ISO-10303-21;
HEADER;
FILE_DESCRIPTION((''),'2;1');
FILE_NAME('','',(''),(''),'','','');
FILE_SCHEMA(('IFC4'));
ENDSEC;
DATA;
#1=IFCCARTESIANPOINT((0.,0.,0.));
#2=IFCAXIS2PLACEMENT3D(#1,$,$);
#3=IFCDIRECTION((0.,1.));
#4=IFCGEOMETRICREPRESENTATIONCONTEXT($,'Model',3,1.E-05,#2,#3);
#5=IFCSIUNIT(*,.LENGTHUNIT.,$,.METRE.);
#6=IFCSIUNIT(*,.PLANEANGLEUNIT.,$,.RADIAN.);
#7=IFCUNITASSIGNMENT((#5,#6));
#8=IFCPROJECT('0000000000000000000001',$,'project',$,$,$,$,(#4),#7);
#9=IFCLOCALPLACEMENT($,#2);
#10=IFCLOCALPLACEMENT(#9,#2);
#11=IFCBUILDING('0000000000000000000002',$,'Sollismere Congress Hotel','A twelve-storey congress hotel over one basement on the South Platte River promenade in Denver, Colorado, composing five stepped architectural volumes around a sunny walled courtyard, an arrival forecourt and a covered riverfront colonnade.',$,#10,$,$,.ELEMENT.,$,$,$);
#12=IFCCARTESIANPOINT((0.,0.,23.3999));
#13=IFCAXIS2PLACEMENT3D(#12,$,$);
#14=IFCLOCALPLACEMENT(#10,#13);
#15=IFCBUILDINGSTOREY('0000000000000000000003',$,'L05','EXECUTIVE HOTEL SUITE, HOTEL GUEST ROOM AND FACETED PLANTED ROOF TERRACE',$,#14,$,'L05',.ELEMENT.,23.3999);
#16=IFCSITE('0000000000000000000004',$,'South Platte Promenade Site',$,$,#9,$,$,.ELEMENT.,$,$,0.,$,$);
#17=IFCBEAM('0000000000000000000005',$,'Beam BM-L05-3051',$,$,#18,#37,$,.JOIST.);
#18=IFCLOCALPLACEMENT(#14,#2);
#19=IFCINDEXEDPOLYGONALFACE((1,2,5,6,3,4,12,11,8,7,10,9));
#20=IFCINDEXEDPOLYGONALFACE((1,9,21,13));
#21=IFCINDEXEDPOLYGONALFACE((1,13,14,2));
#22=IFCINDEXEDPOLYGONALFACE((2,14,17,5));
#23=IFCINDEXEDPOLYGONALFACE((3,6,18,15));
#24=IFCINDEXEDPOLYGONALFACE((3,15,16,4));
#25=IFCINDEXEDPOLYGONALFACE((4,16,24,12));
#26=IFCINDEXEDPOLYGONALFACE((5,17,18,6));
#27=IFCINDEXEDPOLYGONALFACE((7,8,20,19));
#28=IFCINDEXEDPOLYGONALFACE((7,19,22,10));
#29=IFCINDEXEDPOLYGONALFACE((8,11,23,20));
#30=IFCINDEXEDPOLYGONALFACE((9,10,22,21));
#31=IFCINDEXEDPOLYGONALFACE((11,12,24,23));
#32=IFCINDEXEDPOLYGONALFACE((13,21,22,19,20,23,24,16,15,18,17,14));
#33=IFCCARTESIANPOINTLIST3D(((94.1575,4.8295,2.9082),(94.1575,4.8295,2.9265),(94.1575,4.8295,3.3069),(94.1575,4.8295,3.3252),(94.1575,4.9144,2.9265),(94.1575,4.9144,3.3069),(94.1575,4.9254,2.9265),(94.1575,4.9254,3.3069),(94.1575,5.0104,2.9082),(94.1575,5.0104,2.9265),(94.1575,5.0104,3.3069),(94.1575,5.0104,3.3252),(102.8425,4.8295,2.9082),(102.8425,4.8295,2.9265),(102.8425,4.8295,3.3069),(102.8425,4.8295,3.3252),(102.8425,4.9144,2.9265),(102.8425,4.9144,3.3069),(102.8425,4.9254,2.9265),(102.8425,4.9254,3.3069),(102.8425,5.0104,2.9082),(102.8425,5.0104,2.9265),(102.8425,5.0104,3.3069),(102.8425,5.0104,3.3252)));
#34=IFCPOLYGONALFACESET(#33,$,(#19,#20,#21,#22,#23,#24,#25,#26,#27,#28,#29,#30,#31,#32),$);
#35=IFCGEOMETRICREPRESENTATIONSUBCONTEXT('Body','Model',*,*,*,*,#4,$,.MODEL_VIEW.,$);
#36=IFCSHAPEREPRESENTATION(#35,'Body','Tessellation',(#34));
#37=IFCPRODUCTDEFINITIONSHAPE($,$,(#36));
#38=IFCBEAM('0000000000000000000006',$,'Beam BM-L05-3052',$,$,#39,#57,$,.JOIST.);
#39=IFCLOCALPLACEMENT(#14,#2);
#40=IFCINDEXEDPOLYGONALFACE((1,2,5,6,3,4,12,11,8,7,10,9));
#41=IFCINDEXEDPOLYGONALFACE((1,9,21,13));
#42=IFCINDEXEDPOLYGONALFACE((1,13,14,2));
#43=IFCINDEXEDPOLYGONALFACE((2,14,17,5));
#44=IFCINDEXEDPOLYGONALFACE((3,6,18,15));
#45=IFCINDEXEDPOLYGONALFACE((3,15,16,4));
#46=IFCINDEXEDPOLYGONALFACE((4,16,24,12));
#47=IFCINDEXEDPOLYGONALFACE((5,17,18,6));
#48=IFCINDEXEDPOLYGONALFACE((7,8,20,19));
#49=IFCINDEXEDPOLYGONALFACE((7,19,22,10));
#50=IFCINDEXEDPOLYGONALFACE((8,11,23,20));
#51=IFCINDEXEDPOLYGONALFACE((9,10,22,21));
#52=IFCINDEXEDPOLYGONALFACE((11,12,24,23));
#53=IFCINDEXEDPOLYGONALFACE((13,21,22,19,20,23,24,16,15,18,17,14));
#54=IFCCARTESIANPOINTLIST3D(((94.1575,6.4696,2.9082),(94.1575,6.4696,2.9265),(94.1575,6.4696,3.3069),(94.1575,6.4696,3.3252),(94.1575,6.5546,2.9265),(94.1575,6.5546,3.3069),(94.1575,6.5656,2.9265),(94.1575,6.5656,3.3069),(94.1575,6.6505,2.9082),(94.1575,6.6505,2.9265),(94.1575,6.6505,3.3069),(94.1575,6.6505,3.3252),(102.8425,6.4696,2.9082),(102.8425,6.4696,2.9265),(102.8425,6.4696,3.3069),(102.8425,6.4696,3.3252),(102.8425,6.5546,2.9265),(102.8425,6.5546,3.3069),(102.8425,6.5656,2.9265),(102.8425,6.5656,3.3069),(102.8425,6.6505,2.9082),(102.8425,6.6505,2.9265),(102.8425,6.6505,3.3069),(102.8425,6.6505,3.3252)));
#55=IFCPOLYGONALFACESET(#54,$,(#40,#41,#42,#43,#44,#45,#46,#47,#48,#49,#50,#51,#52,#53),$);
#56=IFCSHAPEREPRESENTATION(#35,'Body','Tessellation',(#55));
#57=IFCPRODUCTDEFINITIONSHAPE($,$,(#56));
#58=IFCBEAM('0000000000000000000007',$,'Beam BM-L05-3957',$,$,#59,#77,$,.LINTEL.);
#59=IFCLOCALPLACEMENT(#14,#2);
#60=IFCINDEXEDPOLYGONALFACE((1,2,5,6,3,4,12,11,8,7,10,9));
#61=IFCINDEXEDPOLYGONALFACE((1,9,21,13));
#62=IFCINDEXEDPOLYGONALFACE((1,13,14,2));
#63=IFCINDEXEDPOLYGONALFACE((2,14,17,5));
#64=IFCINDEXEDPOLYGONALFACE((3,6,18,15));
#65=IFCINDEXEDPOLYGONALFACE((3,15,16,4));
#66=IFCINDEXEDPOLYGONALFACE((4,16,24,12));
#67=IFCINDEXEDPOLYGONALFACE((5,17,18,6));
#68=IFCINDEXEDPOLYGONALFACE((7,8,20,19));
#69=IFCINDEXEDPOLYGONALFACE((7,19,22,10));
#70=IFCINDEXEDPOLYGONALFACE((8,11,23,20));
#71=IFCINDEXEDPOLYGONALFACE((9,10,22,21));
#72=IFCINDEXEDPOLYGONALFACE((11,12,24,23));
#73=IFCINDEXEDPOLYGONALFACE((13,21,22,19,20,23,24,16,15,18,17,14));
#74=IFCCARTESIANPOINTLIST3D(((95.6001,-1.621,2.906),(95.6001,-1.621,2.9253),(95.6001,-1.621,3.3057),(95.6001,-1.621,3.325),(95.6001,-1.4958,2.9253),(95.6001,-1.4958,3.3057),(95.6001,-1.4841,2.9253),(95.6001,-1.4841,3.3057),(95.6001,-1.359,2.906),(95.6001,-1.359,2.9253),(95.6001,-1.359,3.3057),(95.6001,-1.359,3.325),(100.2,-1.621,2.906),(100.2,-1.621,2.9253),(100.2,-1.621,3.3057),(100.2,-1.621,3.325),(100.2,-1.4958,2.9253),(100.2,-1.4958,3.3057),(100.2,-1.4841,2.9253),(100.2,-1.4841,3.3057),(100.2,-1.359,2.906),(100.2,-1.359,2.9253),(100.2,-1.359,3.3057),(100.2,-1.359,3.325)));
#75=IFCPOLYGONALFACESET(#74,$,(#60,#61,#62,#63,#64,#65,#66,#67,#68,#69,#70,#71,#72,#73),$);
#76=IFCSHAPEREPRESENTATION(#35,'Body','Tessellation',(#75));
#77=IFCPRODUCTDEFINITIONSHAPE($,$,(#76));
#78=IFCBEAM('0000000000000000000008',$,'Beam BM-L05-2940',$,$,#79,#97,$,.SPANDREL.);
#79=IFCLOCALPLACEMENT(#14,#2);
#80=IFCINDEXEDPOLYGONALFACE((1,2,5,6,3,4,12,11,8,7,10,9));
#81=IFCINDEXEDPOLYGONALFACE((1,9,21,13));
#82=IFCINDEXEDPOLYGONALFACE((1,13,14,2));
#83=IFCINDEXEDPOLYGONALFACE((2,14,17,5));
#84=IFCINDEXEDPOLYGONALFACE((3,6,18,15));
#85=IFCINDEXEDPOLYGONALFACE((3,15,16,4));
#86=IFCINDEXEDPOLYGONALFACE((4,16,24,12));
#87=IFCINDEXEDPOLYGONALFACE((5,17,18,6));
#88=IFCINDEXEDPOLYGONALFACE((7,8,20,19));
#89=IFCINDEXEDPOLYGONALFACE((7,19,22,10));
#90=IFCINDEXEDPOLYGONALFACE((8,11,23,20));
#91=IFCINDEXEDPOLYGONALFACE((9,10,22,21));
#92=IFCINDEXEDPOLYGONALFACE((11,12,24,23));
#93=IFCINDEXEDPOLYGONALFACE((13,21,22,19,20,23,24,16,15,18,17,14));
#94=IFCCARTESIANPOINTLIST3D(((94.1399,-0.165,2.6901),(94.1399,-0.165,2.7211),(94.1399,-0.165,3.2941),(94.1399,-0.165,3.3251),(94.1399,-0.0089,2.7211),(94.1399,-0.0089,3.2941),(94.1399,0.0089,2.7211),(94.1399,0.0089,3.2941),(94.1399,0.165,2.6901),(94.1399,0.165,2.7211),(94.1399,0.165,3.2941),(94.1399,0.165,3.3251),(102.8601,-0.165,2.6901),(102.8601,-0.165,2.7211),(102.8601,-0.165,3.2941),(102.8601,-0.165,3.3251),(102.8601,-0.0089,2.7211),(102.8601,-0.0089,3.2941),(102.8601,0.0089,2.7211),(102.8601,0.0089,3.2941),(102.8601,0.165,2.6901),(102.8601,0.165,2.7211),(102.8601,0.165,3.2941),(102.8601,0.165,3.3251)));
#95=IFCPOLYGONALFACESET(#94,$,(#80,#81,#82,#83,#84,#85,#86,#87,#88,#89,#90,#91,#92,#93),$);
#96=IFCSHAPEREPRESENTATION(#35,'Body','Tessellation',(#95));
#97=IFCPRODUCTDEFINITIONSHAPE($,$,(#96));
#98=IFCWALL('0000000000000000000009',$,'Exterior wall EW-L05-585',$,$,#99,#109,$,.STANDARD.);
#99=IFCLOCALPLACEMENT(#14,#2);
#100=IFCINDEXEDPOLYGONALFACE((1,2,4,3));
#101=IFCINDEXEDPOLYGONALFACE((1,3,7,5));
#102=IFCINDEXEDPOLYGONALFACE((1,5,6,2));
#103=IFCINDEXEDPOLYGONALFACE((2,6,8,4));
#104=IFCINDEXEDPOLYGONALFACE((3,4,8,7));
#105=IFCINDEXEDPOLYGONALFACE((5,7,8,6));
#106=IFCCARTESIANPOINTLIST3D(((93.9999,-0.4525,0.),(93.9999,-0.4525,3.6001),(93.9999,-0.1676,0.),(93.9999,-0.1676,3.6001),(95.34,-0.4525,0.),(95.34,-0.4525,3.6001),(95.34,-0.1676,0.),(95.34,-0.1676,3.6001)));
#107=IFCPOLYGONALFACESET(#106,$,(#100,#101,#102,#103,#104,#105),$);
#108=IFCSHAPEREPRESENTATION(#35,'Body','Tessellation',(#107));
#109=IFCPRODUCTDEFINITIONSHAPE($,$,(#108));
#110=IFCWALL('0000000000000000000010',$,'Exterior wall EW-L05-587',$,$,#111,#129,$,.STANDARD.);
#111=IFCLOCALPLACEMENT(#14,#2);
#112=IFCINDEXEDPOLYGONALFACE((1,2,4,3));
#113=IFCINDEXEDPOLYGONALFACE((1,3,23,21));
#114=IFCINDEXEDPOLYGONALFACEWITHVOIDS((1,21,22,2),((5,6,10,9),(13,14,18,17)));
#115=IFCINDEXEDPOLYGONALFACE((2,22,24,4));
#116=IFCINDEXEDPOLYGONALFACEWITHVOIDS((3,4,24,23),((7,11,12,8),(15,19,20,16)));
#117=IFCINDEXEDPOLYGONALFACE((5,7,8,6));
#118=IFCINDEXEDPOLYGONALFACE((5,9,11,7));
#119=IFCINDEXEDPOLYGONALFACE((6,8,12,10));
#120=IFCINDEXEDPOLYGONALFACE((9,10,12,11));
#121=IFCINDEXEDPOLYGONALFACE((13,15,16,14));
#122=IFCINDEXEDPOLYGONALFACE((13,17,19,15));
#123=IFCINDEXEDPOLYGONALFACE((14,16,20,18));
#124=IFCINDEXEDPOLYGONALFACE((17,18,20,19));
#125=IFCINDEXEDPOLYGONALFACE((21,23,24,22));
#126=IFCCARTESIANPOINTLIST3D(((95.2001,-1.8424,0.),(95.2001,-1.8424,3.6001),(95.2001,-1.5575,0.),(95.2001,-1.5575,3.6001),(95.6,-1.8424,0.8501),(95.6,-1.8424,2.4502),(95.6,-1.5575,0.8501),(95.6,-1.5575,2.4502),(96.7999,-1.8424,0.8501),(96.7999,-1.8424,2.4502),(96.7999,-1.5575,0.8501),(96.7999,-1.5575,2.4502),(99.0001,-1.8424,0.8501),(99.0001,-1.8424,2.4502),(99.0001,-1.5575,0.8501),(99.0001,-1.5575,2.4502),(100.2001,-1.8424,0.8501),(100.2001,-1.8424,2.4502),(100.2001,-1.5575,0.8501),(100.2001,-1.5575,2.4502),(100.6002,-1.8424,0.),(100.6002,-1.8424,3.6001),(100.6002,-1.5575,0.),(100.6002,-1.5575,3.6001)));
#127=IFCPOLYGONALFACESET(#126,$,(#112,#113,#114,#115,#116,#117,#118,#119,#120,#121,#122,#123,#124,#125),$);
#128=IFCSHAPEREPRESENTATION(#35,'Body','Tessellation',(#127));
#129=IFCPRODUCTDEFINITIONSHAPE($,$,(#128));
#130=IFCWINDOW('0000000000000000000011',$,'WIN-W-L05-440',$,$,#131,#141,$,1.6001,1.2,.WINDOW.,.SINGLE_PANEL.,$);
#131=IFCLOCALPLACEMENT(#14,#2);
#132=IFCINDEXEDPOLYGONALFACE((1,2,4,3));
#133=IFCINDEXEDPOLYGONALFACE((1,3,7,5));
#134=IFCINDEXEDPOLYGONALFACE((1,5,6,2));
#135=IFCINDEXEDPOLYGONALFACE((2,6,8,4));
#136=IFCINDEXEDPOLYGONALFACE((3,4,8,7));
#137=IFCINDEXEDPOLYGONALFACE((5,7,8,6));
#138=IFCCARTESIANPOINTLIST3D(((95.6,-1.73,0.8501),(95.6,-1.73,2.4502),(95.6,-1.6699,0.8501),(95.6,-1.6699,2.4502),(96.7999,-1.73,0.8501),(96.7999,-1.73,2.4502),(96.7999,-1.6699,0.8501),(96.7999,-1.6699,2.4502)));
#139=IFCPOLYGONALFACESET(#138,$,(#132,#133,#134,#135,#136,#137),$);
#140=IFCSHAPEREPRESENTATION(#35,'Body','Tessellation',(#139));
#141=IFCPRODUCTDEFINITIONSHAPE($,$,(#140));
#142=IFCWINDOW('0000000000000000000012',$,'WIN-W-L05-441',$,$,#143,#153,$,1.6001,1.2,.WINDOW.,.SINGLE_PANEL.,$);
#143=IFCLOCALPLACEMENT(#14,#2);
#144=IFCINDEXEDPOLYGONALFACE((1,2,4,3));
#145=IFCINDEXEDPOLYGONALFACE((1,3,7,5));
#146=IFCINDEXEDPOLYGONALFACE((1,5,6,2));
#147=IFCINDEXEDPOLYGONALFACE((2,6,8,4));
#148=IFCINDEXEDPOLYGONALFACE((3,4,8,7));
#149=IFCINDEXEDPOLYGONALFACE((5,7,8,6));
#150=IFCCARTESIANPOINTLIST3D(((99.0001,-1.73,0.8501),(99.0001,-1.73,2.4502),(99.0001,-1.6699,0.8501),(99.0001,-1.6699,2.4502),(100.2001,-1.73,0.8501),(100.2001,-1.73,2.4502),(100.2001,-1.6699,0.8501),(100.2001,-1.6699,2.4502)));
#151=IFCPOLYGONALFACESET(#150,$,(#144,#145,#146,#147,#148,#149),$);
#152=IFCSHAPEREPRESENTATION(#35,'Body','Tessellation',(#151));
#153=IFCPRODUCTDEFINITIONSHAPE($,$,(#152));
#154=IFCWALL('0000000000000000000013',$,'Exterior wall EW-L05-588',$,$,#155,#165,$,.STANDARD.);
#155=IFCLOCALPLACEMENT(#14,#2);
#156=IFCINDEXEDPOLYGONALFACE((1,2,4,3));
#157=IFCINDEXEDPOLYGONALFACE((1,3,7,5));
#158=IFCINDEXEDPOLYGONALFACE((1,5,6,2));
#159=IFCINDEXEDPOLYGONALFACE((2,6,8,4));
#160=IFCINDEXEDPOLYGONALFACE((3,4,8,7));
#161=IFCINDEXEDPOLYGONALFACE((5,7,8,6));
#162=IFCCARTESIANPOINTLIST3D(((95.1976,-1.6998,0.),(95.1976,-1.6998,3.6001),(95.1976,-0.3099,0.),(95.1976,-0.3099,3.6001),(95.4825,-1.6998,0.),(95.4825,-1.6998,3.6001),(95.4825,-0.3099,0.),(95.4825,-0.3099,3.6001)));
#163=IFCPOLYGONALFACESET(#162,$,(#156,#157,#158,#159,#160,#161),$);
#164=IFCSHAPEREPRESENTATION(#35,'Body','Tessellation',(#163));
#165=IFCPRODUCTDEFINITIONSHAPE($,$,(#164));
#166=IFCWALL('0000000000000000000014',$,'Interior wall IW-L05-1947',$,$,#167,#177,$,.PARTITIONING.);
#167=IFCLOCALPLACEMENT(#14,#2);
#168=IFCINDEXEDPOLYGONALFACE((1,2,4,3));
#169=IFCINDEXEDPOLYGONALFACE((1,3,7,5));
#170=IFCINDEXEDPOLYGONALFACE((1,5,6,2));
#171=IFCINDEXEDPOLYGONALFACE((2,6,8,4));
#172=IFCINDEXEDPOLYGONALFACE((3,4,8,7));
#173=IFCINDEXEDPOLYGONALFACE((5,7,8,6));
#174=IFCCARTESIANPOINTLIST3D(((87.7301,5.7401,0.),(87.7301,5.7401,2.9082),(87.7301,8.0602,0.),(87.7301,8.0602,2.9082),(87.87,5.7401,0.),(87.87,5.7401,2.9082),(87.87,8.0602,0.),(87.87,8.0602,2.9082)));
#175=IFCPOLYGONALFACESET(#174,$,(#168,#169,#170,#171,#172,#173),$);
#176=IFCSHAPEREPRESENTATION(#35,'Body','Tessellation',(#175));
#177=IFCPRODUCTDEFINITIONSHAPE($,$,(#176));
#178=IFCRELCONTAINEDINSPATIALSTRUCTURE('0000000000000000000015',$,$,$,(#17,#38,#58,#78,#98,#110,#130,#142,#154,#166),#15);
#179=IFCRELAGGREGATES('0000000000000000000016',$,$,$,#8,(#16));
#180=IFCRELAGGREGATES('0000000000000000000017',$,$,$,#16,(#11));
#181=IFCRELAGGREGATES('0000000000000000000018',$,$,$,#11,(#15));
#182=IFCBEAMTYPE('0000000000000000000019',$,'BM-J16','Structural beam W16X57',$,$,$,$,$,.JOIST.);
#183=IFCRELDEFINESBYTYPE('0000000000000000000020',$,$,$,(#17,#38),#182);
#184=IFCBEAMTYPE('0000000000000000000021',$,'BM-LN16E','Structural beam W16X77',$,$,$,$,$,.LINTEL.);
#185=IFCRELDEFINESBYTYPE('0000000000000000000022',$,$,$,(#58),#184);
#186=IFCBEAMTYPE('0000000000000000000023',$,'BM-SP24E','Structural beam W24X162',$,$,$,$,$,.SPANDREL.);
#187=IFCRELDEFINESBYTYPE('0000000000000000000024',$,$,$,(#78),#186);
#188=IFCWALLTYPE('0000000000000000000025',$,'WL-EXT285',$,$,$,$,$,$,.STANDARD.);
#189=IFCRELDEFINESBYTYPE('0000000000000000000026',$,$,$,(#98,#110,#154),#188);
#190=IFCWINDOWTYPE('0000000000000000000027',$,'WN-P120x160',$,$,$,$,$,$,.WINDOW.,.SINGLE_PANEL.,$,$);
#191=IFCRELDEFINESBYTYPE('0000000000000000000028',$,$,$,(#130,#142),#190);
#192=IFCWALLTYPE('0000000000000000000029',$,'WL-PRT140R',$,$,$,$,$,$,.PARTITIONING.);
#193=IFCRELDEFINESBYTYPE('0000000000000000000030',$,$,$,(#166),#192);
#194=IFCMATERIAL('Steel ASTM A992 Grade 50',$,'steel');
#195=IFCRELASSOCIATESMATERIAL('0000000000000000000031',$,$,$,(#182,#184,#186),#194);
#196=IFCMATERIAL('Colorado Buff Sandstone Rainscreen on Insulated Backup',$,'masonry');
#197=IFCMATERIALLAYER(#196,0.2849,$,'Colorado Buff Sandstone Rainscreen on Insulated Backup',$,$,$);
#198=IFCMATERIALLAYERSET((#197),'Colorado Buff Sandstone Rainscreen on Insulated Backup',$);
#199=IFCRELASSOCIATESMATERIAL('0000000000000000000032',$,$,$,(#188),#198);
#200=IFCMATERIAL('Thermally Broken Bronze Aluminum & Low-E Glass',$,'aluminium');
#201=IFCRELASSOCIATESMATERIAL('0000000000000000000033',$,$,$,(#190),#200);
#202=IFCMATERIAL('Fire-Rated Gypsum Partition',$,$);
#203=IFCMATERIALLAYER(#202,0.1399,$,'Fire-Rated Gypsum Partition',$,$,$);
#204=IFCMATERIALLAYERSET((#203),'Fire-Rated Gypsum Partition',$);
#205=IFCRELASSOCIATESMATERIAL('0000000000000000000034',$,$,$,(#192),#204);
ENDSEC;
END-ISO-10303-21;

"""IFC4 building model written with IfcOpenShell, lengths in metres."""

from ifc_helpers import new_model, si_unit, direction, frame, frame_2d, origin, origin_2d, place, context, subcontext, project, spatial, rectangle, i_section, extrude, material, layer, layer_set, material_profile, profile_set, type_object, element, fill, save


model = new_model("IFC4")

# Units and contexts
model_context = context("Model", 3, precision=1e-05, world=origin(), true_north=direction((0.0, 1.0)))
body_context = subcontext(model_context, "Body", "Model", "MODEL_VIEW")
ifc_project = project(units=[si_unit("LENGTHUNIT", "METRE"), si_unit("PLANEANGLEUNIT", "RADIAN")], contexts=[model_context])

# Site, building, storey
site_placement = place(None, origin())
site = spatial("IfcSite", under=ifc_project, at=site_placement, Name="South Platte Promenade Site", CompositionType="ELEMENT", RefElevation=0.0)
building_placement = place(site_placement, origin())
building = spatial("IfcBuilding", under=site, at=building_placement, Name="Sollismere Congress Hotel", Description="A twelve-storey congress hotel over one basement on the South Platte River promenade in Denver, Colorado, composing five stepped architectural volumes around a sunny walled courtyard, an arrival forecourt and a covered riverfront colonnade.", CompositionType="ELEMENT")
storey_placement = place(building_placement, frame((0.0, 0.0, 23.3999)))
storey = spatial("IfcBuildingStorey", under=building, at=storey_placement, Name="L05", Description="EXECUTIVE HOTEL SUITE, HOTEL GUEST ROOM AND FACETED PLANTED ROOF TERRACE", LongName="L05", CompositionType="ELEMENT", Elevation=23.3999)

# Shared definitions
ifc_material_1 = material(Name="Steel ASTM A992 Grade 50", Category="steel")

# Beams
ifc_material_profile_1 = material_profile(ifc_material_1, i_section(OverallWidth=0.1809, OverallDepth=0.417, WebThickness=0.011, FlangeThickness=0.0183, at=origin_2d()), Name="W16X57")
ifc_profile_set_1 = profile_set([ifc_material_profile_1], Name="Steel ASTM A992 Grade 50")
beam_type_1 = type_object("IfcBeamType", Name="BM-J16", Description="Structural beam W16X57", PredefinedType="JOIST", material=ifc_profile_set_1)
for number, where, z_axis, x_axis, name in (
    (1, (94.1575, 4.9199, 3.1167), (1.0, 0.0, 0.0), (0.0, 1.0, 0.0), "Beam BM-L05-3051"),
    (2, (94.1575, 6.5601, 3.1167), (1.0, 0.0, 0.0), (0.0, 1.0, 0.0), "Beam BM-L05-3052"),
):
    element("IfcBeam", number, at=place(storey_placement, frame(where, z_axis=z_axis, x_axis=x_axis)), inside=storey, type_object=beam_type_1, Name=name, PredefinedType="JOIST", context=body_context, shape_type="SweptSolid", body=[
        extrude(i_section(OverallWidth=0.1809, OverallDepth=0.417, WebThickness=0.011, FlangeThickness=0.0183, at=origin_2d()), origin(), (0.0, 0.0, 1.0), 8.6851),
    ])
ifc_material_profile_2 = material_profile(ifc_material_1, i_section(OverallWidth=0.262, OverallDepth=0.4189, WebThickness=0.0117, FlangeThickness=0.0193, at=origin_2d()), Name="W16X77")
ifc_profile_set_2 = profile_set([ifc_material_profile_2], Name="Steel ASTM A992 Grade 50")
beam_type_2 = type_object("IfcBeamType", Name="BM-LN16E", Description="Structural beam W16X77", PredefinedType="LINTEL", material=ifc_profile_set_2)
beam_1_placement = place(storey_placement, frame((95.6001, -1.49, 3.1155), z_axis=(1.0, 0.0, 0.0), x_axis=(0.0, 1.0, 0.0)))
element("IfcBeam", 3, at=beam_1_placement, inside=storey, type_object=beam_type_2, Name="Beam BM-L05-3957", PredefinedType="LINTEL", context=body_context, shape_type="SweptSolid", body=[
    extrude(i_section(OverallWidth=0.262, OverallDepth=0.4189, WebThickness=0.0117, FlangeThickness=0.0193, at=origin_2d()), origin(), (0.0, 0.0, 1.0), 4.5999),
])
ifc_material_profile_3 = material_profile(ifc_material_1, i_section(OverallWidth=0.3301, OverallDepth=0.635, WebThickness=0.0178, FlangeThickness=0.031, at=origin_2d()), Name="W24X162")
ifc_profile_set_3 = profile_set([ifc_material_profile_3], Name="Steel ASTM A992 Grade 50")
beam_type_3 = type_object("IfcBeamType", Name="BM-SP24E", Description="Structural beam W24X162", PredefinedType="SPANDREL", material=ifc_profile_set_3)
beam_2_placement = place(storey_placement, frame((94.1399, 0.0, 3.0076), z_axis=(1.0, 0.0, 0.0), x_axis=(0.0, 1.0, 0.0)))
element("IfcBeam", 4, at=beam_2_placement, inside=storey, type_object=beam_type_3, Name="Beam BM-L05-2940", PredefinedType="SPANDREL", context=body_context, shape_type="SweptSolid", body=[
    extrude(i_section(OverallWidth=0.3301, OverallDepth=0.635, WebThickness=0.0178, FlangeThickness=0.031, at=origin_2d()), origin(), (0.0, 0.0, 1.0), 8.7202),
])

# Wall
ifc_material_2 = material(Name="Colorado Buff Sandstone Rainscreen on Insulated Backup", Category="masonry")
ifc_layer_1 = layer(ifc_material_2, 0.2849, Name="Colorado Buff Sandstone Rainscreen on Insulated Backup")
ifc_layer_set_1 = layer_set([ifc_layer_1], Name="Colorado Buff Sandstone Rainscreen on Insulated Backup")
wall_type_1 = type_object("IfcWallType", Name="WL-EXT285", PredefinedType="STANDARD", material=ifc_layer_set_1)
wall_1_placement = place(storey_placement, frame((94.0, -0.3101, 0.0), z_axis=(0.0, 0.0, 1.0), x_axis=(1.0, 0.0, 0.0)))
element("IfcWall", 5, at=wall_1_placement, inside=storey, type_object=wall_type_1, Name="Exterior wall EW-L05-585", PredefinedType="STANDARD", context=body_context, shape_type="SweptSolid", body=[
    extrude(rectangle(XDim=1.3401, YDim=0.2849, at=frame_2d((0.6699, 0.0))), origin(), (0.0, 0.0, 1.0), 3.6001),
])

# Wall, openings, windows
wall_2_placement = place(storey_placement, frame((95.2, -1.7, 0.0), z_axis=(0.0, 0.0, 1.0), x_axis=(1.0, 0.0, 0.0)))
wall_2 = element("IfcWall", 6, at=wall_2_placement, inside=storey, type_object=wall_type_1, Name="Exterior wall EW-L05-587", PredefinedType="STANDARD", context=body_context, shape_type="SweptSolid", body=[
    extrude(rectangle(XDim=5.4001, YDim=0.2849, at=frame_2d((2.7002, 0.0))), origin(), (0.0, 0.0, 1.0), 3.6001),
])
opening_1_placement = place(wall_2_placement, frame((0.3999, 0.0, 0.8501)))
opening_1 = element("IfcOpeningElement", 7, at=opening_1_placement, cuts=wall_2, PredefinedType="OPENING", context=body_context, shape_type="SweptSolid", body=[
    extrude(rectangle(XDim=1.2, YDim=1.6001, at=frame_2d((0.6001, 0.8))), frame((0.0, 0.1523, 0.0), z_axis=(0.0, -1.0, 0.0), x_axis=(1.0, 0.0, 0.0)), (0.0, 0.0, 1.0), 0.3049),
])
opening_2_placement = place(wall_2_placement, frame((3.8, 0.0, 0.8501)))
opening_2 = element("IfcOpeningElement", 8, at=opening_2_placement, cuts=wall_2, PredefinedType="OPENING", context=body_context, shape_type="SweptSolid", body=[
    extrude(rectangle(XDim=1.2, YDim=1.6001, at=frame_2d((0.6001, 0.8))), frame((0.0, 0.1523, 0.0), z_axis=(0.0, -1.0, 0.0), x_axis=(1.0, 0.0, 0.0)), (0.0, 0.0, 1.0), 0.3049),
])
ifc_material_3 = material(Name="Thermally Broken Bronze Aluminum & Low-E Glass", Category="aluminium")
window_type = type_object("IfcWindowType", Name="WN-P120x160", PartitioningType="SINGLE_PANEL", PredefinedType="WINDOW", material=ifc_material_3)
window_1_placement = place(opening_1_placement, origin())
window_1 = element("IfcWindow", 9, at=window_1_placement, inside=storey, type_object=window_type, Name="WIN-W-L05-440", OverallHeight=1.6001, OverallWidth=1.2, PartitioningType="SINGLE_PANEL", PredefinedType="WINDOW", context=body_context, shape_type="SweptSolid", body=[
    extrude(rectangle(XDim=1.2, YDim=1.6001, at=frame_2d((0.6001, 0.8))), frame((0.0, 0.03, 0.0), z_axis=(0.0, -1.0, 0.0), x_axis=(1.0, 0.0, 0.0)), (0.0, 0.0, 1.0), 0.0601),
])
fill(opening_1, window_1)
window_2_placement = place(opening_2_placement, origin())
window_2 = element("IfcWindow", 10, at=window_2_placement, inside=storey, type_object=window_type, Name="WIN-W-L05-441", OverallHeight=1.6001, OverallWidth=1.2, PartitioningType="SINGLE_PANEL", PredefinedType="WINDOW", context=body_context, shape_type="SweptSolid", body=[
    extrude(rectangle(XDim=1.2, YDim=1.6001, at=frame_2d((0.6001, 0.8))), frame((0.0, 0.03, 0.0), z_axis=(0.0, -1.0, 0.0), x_axis=(1.0, 0.0, 0.0)), (0.0, 0.0, 1.0), 0.0601),
])
fill(opening_2, window_2)

# Wall
wall_3_placement = place(storey_placement, frame((95.3401, -0.3101, 0.0), z_axis=(0.0, 0.0, 1.0), x_axis=(0.0, -1.0, 0.0)))
element("IfcWall", 11, at=wall_3_placement, inside=storey, type_object=wall_type_1, Name="Exterior wall EW-L05-588", PredefinedType="STANDARD", context=body_context, shape_type="SweptSolid", body=[
    extrude(rectangle(XDim=1.3899, YDim=0.2849, at=frame_2d((0.6948, 0.0))), origin(), (0.0, 0.0, 1.0), 3.6001),
])

# Shared definitions
ifc_material_4 = material(Name="Fire-Rated Gypsum Partition")
ifc_layer_2 = layer(ifc_material_4, 0.1399, Name="Fire-Rated Gypsum Partition")
ifc_layer_set_2 = layer_set([ifc_layer_2], Name="Fire-Rated Gypsum Partition")
wall_type_2 = type_object("IfcWallType", Name="WL-PRT140R", PredefinedType="PARTITIONING", material=ifc_layer_set_2)

# Wall
wall_4_placement = place(storey_placement, frame((87.8, 5.74, 0.0), z_axis=(0.0, 0.0, 1.0), x_axis=(0.0, 1.0, 0.0)))
element("IfcWall", 12, at=wall_4_placement, inside=storey, type_object=wall_type_2, Name="Interior wall IW-L05-1947", PredefinedType="PARTITIONING", context=body_context, shape_type="SweptSolid", body=[
    extrude(rectangle(XDim=2.3201, YDim=0.1399, at=frame_2d((1.1602, 0.0))), origin(), (0.0, 0.0, 1.0), 2.9082),
])

save(model, "model.ifc")
